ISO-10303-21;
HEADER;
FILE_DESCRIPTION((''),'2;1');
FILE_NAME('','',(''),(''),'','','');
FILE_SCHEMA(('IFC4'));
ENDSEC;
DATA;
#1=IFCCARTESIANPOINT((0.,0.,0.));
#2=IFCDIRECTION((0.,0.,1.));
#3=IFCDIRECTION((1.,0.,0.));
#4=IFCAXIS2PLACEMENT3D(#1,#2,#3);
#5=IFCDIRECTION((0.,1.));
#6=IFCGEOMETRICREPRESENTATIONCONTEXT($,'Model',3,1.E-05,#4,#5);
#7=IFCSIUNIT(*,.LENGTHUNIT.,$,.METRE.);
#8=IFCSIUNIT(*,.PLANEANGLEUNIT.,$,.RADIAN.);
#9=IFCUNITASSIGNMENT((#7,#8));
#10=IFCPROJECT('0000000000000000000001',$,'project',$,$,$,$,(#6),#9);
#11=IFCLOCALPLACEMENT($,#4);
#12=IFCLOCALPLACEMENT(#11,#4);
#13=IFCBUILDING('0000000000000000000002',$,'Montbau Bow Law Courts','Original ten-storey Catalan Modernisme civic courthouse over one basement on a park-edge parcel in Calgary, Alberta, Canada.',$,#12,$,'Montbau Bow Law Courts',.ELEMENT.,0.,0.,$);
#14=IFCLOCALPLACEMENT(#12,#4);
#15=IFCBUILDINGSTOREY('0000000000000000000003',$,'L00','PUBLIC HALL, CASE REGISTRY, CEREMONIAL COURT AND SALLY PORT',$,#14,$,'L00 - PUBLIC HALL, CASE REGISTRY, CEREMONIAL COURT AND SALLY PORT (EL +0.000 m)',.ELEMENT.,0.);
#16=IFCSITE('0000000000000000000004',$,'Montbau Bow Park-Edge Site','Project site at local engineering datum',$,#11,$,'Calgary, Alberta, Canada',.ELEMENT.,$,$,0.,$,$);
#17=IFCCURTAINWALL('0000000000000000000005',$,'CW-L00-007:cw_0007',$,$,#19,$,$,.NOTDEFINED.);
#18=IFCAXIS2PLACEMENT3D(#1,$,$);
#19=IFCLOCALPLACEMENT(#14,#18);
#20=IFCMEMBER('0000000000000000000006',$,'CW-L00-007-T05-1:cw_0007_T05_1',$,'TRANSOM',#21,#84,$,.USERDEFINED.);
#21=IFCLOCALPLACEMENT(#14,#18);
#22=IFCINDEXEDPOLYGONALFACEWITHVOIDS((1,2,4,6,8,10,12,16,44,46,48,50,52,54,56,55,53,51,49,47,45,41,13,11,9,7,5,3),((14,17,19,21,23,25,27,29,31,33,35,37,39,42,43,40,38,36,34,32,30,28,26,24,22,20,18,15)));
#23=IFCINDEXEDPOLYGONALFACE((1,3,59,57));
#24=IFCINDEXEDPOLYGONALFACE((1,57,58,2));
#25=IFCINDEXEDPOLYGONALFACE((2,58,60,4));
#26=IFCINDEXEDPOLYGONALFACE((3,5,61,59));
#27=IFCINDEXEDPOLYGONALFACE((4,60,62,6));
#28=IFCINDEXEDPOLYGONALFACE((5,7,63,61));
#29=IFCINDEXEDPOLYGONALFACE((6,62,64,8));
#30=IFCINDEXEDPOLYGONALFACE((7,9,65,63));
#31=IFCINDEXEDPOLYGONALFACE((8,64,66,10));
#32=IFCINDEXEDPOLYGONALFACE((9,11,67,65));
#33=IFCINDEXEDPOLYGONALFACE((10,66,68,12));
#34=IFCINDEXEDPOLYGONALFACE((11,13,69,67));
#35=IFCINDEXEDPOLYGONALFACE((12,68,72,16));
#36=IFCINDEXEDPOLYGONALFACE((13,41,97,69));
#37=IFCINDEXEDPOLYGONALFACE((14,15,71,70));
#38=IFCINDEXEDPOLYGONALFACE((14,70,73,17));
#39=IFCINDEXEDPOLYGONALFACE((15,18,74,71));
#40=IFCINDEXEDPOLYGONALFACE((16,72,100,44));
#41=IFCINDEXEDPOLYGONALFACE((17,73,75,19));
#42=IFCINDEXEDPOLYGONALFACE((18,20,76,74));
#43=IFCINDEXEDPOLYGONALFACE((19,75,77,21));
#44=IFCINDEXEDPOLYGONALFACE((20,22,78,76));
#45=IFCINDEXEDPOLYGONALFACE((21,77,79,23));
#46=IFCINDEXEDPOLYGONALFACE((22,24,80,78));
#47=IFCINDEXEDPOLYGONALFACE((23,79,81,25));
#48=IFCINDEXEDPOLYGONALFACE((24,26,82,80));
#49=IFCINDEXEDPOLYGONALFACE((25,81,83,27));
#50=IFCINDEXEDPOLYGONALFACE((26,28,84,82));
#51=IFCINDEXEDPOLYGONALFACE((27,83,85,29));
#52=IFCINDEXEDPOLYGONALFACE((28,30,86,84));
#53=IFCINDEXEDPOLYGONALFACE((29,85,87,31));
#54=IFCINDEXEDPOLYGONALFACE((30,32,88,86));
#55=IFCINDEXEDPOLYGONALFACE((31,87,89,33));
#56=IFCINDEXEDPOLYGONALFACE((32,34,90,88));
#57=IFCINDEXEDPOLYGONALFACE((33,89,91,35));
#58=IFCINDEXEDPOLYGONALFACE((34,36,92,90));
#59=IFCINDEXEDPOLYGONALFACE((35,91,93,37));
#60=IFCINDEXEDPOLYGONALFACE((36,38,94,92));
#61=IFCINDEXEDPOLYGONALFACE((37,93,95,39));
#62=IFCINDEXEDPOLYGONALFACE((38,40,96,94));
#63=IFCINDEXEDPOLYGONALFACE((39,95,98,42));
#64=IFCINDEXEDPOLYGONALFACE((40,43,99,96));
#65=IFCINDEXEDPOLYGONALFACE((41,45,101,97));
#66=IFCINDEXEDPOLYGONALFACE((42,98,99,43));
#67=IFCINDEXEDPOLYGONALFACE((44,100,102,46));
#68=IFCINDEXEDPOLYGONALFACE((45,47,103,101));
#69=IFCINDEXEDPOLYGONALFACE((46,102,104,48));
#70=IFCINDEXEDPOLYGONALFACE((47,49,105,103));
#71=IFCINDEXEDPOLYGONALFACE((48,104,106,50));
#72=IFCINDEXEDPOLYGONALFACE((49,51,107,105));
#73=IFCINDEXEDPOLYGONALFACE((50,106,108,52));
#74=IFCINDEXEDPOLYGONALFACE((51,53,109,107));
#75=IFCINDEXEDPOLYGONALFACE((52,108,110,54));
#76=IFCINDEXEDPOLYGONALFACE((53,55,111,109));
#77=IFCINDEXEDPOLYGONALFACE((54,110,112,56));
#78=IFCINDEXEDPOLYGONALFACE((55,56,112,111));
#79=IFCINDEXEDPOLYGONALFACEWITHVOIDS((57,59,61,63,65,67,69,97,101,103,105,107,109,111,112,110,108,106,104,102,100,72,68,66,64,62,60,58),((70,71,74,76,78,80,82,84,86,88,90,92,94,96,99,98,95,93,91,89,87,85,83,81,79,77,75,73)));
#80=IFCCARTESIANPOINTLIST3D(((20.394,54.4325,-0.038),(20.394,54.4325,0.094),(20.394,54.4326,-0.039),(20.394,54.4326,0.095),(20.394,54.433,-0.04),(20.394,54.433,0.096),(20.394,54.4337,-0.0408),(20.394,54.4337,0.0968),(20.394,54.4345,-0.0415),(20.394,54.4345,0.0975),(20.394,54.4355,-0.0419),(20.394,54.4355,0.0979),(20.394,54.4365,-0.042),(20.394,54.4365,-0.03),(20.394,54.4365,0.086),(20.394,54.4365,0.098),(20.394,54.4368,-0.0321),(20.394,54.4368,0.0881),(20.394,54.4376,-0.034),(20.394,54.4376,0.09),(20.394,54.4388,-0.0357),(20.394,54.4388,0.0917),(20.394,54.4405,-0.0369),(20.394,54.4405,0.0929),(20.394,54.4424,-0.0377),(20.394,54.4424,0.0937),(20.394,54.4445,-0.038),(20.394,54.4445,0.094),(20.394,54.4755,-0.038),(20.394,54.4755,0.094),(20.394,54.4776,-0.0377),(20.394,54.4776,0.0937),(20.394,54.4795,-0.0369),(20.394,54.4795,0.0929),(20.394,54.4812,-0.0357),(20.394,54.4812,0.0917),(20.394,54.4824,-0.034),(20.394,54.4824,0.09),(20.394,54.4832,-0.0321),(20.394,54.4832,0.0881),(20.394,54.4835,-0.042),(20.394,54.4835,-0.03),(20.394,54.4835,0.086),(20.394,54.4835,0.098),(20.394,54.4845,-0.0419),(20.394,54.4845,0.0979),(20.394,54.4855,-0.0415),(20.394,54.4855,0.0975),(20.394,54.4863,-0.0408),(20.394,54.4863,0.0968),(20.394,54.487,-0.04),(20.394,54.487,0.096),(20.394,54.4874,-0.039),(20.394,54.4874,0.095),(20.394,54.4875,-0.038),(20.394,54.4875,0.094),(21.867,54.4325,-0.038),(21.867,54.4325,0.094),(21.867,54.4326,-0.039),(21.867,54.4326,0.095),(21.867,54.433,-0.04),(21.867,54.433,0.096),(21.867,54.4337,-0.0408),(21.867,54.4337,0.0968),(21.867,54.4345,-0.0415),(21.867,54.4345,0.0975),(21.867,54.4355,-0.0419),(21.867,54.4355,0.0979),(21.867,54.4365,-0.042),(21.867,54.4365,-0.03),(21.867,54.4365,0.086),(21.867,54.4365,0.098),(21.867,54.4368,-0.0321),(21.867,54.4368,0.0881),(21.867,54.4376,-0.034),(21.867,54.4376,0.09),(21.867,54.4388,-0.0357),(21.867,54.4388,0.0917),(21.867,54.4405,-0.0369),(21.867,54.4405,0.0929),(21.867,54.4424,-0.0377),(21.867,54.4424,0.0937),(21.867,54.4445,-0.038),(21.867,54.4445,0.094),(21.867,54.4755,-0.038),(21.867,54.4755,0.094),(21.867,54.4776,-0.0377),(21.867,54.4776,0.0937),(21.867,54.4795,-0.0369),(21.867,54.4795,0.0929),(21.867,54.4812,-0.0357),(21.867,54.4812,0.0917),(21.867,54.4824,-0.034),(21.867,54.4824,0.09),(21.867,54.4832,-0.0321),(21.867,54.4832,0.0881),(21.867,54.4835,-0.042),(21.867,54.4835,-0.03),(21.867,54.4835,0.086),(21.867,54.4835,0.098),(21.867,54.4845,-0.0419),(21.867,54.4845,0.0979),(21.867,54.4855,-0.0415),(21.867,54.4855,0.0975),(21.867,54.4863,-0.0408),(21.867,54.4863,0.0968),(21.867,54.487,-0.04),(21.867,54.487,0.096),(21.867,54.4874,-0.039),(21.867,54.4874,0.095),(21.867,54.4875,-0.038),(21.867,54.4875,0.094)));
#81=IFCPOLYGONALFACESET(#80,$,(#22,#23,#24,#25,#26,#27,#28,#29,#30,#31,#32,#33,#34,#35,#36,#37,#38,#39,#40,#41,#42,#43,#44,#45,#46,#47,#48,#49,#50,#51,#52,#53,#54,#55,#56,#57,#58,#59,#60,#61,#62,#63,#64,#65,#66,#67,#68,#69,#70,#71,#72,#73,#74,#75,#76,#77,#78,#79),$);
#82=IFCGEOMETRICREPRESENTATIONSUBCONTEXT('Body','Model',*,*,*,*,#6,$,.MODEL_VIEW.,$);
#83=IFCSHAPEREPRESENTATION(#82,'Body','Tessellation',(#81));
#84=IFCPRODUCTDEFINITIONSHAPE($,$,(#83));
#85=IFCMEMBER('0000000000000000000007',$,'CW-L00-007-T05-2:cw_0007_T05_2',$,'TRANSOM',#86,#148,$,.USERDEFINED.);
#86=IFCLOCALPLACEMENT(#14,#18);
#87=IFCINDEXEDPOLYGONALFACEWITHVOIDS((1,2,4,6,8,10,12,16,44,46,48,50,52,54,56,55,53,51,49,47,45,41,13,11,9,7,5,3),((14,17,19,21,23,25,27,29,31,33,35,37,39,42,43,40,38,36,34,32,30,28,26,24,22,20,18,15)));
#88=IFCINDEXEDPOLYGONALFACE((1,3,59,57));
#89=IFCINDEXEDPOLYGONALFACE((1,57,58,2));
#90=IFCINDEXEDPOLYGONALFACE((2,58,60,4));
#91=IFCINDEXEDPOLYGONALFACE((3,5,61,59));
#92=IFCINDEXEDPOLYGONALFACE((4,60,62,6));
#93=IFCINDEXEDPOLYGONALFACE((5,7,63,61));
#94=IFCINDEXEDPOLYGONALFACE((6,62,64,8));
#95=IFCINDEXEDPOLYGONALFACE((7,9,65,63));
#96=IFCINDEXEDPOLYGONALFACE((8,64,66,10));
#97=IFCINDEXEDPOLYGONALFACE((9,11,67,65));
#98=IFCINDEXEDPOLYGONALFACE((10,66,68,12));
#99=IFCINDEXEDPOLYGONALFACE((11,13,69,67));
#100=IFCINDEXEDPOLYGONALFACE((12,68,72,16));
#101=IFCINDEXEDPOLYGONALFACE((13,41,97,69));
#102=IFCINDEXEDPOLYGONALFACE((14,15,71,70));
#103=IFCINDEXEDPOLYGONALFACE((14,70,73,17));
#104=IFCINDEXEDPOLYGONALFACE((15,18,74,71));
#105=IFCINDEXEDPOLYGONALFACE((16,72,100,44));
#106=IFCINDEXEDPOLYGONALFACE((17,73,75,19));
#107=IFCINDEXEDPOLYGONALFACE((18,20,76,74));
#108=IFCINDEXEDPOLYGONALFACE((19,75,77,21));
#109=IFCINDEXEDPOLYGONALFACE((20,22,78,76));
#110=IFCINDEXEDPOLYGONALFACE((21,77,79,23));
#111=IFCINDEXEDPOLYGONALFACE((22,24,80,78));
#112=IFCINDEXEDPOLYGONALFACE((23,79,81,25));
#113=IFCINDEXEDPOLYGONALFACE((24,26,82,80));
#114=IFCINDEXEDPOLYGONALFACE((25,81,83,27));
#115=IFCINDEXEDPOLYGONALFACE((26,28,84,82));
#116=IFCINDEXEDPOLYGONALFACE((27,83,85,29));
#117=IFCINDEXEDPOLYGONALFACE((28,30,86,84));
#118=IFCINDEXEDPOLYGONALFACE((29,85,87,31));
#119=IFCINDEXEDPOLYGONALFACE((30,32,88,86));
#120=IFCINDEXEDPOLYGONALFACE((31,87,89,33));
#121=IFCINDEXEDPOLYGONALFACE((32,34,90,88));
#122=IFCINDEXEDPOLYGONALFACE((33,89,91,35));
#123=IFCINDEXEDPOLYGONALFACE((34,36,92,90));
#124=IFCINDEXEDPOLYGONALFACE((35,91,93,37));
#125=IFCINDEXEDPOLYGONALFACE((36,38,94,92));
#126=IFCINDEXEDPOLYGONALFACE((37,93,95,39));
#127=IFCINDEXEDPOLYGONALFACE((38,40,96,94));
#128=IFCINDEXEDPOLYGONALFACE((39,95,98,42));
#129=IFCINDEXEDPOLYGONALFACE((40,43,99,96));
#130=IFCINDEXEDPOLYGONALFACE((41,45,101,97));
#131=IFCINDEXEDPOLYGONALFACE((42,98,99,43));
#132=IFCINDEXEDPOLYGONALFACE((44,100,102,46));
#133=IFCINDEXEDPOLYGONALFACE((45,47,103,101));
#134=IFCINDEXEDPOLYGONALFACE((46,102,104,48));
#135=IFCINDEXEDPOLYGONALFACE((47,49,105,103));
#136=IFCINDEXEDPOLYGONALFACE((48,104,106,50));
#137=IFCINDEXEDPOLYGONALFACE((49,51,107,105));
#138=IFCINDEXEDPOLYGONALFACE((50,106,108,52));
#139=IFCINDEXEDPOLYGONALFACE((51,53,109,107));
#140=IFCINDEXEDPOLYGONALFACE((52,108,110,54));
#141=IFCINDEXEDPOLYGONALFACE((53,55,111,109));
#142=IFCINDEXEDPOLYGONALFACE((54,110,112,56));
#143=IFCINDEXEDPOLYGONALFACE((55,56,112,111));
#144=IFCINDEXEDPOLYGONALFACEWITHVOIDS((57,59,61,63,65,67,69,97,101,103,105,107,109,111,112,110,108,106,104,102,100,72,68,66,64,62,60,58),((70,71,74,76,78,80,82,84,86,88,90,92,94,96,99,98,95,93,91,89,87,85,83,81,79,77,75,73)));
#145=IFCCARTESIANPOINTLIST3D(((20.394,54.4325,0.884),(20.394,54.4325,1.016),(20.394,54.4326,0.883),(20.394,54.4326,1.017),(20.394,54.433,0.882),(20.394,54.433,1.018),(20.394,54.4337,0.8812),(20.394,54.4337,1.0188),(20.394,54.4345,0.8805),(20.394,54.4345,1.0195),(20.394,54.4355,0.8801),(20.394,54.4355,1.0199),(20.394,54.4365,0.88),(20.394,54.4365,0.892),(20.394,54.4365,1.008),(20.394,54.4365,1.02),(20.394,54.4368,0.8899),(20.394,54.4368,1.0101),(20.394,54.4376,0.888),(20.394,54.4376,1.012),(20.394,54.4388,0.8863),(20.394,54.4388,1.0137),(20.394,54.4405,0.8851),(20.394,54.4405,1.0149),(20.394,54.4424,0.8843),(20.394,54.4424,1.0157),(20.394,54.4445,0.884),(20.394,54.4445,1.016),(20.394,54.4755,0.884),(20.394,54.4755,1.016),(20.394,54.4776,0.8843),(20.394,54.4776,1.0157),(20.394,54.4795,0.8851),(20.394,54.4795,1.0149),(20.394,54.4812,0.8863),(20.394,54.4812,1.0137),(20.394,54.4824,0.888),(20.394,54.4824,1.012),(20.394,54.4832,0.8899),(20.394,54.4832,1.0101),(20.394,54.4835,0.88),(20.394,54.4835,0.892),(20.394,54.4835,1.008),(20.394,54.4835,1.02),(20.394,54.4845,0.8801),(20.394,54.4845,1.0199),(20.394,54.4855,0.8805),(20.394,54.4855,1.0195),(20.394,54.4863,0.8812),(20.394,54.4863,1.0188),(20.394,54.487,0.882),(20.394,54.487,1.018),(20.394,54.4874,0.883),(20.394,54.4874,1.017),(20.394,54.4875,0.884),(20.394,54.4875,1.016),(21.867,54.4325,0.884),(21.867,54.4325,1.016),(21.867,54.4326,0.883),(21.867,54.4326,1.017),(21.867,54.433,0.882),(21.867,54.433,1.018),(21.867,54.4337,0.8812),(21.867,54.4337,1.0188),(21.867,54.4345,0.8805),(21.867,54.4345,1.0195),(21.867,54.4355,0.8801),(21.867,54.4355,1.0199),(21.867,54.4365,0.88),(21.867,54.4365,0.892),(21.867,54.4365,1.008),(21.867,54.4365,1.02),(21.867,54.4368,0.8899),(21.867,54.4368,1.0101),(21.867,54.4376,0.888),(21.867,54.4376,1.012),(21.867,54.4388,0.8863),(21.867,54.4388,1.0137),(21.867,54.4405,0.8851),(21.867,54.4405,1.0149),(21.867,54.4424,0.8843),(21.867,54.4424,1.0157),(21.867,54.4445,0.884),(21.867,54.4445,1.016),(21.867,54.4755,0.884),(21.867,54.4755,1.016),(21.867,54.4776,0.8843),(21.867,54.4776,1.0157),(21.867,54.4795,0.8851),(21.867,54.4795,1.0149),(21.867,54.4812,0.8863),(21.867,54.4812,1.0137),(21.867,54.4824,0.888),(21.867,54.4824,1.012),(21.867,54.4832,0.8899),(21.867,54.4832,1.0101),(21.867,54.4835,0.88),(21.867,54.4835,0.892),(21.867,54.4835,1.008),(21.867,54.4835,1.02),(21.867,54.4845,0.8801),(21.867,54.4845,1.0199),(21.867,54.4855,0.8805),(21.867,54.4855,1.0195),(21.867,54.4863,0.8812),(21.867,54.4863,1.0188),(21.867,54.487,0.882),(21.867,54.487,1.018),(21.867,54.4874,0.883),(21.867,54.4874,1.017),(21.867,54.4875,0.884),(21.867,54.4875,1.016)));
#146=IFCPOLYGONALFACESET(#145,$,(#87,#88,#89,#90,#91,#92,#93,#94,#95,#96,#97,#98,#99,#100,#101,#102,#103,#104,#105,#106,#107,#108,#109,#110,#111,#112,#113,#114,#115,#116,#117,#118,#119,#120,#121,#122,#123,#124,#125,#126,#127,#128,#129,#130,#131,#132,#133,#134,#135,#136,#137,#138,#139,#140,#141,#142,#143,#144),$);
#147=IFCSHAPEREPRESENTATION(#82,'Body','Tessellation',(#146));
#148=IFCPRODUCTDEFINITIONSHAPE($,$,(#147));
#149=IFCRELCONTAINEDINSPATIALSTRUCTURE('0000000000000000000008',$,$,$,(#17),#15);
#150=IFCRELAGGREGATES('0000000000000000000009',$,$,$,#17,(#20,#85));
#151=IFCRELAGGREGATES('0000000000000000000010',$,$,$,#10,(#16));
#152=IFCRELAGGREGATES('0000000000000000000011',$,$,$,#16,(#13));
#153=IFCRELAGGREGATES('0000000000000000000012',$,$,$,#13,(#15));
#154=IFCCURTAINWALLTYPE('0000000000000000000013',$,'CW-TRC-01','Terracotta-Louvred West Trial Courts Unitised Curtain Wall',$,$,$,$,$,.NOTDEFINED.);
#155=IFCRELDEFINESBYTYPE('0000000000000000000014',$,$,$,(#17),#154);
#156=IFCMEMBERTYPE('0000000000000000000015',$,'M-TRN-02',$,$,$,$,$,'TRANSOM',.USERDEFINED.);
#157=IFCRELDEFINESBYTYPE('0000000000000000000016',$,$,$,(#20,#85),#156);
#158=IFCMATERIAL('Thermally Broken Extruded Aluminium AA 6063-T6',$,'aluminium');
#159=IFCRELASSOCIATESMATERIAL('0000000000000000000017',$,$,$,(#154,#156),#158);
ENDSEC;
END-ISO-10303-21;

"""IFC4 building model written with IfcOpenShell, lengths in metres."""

from ifc_helpers import new_model, si_unit, direction, frame, origin_with_axes, origin_2d_with_axis, place, context, subcontext, project, spatial, hollow_rectangle, extrude, material, material_profile, profile_set, type_object, element, aggregate, save


model = new_model("IFC4")

# Units and contexts
model_context = context("Model", 3, precision=1e-05, world=origin_with_axes(), true_north=direction((0.0, 1.0)))
body_context = subcontext(model_context, "Body", "Model", "MODEL_VIEW")
ifc_project = project(units=[si_unit("LENGTHUNIT", "METRE"), si_unit("PLANEANGLEUNIT", "RADIAN")], contexts=[model_context])

# Site, building, storey
site_placement = place(None, origin_with_axes())
site = spatial("IfcSite", under=ifc_project, at=site_placement, Name="Montbau Bow Park-Edge Site", Description="Project site at local engineering datum", LongName="Calgary, Alberta, Canada", CompositionType="ELEMENT", RefElevation=0.0)
building_placement = place(site_placement, origin_with_axes())
building = spatial("IfcBuilding", under=site, at=building_placement, Name="Montbau Bow Law Courts", Description="Original ten-storey Catalan Modernisme civic courthouse over one basement on a park-edge parcel in Calgary, Alberta, Canada.", LongName="Montbau Bow Law Courts", CompositionType="ELEMENT", ElevationOfRefHeight=0.0, ElevationOfTerrain=0.0)
storey_placement = place(building_placement, origin_with_axes())
storey = spatial("IfcBuildingStorey", under=building, at=storey_placement, Name="L00", Description="PUBLIC HALL, CASE REGISTRY, CEREMONIAL COURT AND SALLY PORT", LongName="L00 - PUBLIC HALL, CASE REGISTRY, CEREMONIAL COURT AND SALLY PORT (EL +0.000 m)", CompositionType="ELEMENT", Elevation=0.0)

# Curtain wall
ifc_material_1 = material(Name="Thermally Broken Extruded Aluminium AA 6063-T6", Category="aluminium")
curtain_wall_type = type_object("IfcCurtainWallType", Name="CW-TRC-01", Description="Terracotta-Louvred West Trial Courts Unitised Curtain Wall", PredefinedType="NOTDEFINED", material=ifc_material_1)
curtain_wall_1_placement = place(None, frame((14.068, 54.46, 0.0), z_axis=(0.0, 0.0, 1.0), x_axis=(1.0, 0.0, 0.0)))
curtain_wall_1 = element("IfcCurtainWall", 1, at=curtain_wall_1_placement, inside=storey, type_object=curtain_wall_type, Name="CW-L00-007:cw_0007", PredefinedType="NOTDEFINED")

# Members
ifc_material_profile_1 = material_profile(ifc_material_1, hollow_rectangle(XDim=0.055, YDim=0.14, WallThickness=0.004, InnerFilletRadius=0.008, OuterFilletRadius=0.004, at=origin_2d_with_axis()), Name="CWT-140X55", Category="Main", Priority=0)
ifc_profile_set_1 = profile_set([ifc_material_profile_1], Name="Thermally Broken Extruded Aluminium AA 6063-T6")
member_type_1 = type_object("IfcMemberType", Name="M-TRN-02", ElementType="TRANSOM", PredefinedType="USERDEFINED", material=ifc_profile_set_1)
member_1_placement = place(None, frame((20.394, 54.46, 0.028), z_axis=(1.0, 0.0, 0.0), x_axis=(0.0, 1.0, 0.0)))
member_1 = element("IfcMember", 2, at=member_1_placement, type_object=member_type_1, Name="CW-L00-007-T05-1:cw_0007_T05_1", ObjectType="TRANSOM", PredefinedType="USERDEFINED", context=body_context, shape_type="SweptSolid", body=[
    extrude(hollow_rectangle(XDim=0.055, YDim=0.14, WallThickness=0.004, InnerFilletRadius=0.008, OuterFilletRadius=0.004, at=origin_2d_with_axis()), origin_with_axes(), (0.0, 0.0, 1.0), 1.473),
])
member_2_placement = place(None, frame((20.394, 54.46, 0.95), z_axis=(1.0, 0.0, 0.0), x_axis=(0.0, 1.0, 0.0)))
member_2 = element("IfcMember", 3, at=member_2_placement, type_object=member_type_1, Name="CW-L00-007-T05-2:cw_0007_T05_2", ObjectType="TRANSOM", PredefinedType="USERDEFINED", context=body_context, shape_type="SweptSolid", body=[
    extrude(hollow_rectangle(XDim=0.055, YDim=0.14, WallThickness=0.004, InnerFilletRadius=0.008, OuterFilletRadius=0.004, at=origin_2d_with_axis()), origin_with_axes(), (0.0, 0.0, 1.0), 1.473),
])

aggregate(curtain_wall_1, [member_1, member_2])

save(model, "model.ifc")
